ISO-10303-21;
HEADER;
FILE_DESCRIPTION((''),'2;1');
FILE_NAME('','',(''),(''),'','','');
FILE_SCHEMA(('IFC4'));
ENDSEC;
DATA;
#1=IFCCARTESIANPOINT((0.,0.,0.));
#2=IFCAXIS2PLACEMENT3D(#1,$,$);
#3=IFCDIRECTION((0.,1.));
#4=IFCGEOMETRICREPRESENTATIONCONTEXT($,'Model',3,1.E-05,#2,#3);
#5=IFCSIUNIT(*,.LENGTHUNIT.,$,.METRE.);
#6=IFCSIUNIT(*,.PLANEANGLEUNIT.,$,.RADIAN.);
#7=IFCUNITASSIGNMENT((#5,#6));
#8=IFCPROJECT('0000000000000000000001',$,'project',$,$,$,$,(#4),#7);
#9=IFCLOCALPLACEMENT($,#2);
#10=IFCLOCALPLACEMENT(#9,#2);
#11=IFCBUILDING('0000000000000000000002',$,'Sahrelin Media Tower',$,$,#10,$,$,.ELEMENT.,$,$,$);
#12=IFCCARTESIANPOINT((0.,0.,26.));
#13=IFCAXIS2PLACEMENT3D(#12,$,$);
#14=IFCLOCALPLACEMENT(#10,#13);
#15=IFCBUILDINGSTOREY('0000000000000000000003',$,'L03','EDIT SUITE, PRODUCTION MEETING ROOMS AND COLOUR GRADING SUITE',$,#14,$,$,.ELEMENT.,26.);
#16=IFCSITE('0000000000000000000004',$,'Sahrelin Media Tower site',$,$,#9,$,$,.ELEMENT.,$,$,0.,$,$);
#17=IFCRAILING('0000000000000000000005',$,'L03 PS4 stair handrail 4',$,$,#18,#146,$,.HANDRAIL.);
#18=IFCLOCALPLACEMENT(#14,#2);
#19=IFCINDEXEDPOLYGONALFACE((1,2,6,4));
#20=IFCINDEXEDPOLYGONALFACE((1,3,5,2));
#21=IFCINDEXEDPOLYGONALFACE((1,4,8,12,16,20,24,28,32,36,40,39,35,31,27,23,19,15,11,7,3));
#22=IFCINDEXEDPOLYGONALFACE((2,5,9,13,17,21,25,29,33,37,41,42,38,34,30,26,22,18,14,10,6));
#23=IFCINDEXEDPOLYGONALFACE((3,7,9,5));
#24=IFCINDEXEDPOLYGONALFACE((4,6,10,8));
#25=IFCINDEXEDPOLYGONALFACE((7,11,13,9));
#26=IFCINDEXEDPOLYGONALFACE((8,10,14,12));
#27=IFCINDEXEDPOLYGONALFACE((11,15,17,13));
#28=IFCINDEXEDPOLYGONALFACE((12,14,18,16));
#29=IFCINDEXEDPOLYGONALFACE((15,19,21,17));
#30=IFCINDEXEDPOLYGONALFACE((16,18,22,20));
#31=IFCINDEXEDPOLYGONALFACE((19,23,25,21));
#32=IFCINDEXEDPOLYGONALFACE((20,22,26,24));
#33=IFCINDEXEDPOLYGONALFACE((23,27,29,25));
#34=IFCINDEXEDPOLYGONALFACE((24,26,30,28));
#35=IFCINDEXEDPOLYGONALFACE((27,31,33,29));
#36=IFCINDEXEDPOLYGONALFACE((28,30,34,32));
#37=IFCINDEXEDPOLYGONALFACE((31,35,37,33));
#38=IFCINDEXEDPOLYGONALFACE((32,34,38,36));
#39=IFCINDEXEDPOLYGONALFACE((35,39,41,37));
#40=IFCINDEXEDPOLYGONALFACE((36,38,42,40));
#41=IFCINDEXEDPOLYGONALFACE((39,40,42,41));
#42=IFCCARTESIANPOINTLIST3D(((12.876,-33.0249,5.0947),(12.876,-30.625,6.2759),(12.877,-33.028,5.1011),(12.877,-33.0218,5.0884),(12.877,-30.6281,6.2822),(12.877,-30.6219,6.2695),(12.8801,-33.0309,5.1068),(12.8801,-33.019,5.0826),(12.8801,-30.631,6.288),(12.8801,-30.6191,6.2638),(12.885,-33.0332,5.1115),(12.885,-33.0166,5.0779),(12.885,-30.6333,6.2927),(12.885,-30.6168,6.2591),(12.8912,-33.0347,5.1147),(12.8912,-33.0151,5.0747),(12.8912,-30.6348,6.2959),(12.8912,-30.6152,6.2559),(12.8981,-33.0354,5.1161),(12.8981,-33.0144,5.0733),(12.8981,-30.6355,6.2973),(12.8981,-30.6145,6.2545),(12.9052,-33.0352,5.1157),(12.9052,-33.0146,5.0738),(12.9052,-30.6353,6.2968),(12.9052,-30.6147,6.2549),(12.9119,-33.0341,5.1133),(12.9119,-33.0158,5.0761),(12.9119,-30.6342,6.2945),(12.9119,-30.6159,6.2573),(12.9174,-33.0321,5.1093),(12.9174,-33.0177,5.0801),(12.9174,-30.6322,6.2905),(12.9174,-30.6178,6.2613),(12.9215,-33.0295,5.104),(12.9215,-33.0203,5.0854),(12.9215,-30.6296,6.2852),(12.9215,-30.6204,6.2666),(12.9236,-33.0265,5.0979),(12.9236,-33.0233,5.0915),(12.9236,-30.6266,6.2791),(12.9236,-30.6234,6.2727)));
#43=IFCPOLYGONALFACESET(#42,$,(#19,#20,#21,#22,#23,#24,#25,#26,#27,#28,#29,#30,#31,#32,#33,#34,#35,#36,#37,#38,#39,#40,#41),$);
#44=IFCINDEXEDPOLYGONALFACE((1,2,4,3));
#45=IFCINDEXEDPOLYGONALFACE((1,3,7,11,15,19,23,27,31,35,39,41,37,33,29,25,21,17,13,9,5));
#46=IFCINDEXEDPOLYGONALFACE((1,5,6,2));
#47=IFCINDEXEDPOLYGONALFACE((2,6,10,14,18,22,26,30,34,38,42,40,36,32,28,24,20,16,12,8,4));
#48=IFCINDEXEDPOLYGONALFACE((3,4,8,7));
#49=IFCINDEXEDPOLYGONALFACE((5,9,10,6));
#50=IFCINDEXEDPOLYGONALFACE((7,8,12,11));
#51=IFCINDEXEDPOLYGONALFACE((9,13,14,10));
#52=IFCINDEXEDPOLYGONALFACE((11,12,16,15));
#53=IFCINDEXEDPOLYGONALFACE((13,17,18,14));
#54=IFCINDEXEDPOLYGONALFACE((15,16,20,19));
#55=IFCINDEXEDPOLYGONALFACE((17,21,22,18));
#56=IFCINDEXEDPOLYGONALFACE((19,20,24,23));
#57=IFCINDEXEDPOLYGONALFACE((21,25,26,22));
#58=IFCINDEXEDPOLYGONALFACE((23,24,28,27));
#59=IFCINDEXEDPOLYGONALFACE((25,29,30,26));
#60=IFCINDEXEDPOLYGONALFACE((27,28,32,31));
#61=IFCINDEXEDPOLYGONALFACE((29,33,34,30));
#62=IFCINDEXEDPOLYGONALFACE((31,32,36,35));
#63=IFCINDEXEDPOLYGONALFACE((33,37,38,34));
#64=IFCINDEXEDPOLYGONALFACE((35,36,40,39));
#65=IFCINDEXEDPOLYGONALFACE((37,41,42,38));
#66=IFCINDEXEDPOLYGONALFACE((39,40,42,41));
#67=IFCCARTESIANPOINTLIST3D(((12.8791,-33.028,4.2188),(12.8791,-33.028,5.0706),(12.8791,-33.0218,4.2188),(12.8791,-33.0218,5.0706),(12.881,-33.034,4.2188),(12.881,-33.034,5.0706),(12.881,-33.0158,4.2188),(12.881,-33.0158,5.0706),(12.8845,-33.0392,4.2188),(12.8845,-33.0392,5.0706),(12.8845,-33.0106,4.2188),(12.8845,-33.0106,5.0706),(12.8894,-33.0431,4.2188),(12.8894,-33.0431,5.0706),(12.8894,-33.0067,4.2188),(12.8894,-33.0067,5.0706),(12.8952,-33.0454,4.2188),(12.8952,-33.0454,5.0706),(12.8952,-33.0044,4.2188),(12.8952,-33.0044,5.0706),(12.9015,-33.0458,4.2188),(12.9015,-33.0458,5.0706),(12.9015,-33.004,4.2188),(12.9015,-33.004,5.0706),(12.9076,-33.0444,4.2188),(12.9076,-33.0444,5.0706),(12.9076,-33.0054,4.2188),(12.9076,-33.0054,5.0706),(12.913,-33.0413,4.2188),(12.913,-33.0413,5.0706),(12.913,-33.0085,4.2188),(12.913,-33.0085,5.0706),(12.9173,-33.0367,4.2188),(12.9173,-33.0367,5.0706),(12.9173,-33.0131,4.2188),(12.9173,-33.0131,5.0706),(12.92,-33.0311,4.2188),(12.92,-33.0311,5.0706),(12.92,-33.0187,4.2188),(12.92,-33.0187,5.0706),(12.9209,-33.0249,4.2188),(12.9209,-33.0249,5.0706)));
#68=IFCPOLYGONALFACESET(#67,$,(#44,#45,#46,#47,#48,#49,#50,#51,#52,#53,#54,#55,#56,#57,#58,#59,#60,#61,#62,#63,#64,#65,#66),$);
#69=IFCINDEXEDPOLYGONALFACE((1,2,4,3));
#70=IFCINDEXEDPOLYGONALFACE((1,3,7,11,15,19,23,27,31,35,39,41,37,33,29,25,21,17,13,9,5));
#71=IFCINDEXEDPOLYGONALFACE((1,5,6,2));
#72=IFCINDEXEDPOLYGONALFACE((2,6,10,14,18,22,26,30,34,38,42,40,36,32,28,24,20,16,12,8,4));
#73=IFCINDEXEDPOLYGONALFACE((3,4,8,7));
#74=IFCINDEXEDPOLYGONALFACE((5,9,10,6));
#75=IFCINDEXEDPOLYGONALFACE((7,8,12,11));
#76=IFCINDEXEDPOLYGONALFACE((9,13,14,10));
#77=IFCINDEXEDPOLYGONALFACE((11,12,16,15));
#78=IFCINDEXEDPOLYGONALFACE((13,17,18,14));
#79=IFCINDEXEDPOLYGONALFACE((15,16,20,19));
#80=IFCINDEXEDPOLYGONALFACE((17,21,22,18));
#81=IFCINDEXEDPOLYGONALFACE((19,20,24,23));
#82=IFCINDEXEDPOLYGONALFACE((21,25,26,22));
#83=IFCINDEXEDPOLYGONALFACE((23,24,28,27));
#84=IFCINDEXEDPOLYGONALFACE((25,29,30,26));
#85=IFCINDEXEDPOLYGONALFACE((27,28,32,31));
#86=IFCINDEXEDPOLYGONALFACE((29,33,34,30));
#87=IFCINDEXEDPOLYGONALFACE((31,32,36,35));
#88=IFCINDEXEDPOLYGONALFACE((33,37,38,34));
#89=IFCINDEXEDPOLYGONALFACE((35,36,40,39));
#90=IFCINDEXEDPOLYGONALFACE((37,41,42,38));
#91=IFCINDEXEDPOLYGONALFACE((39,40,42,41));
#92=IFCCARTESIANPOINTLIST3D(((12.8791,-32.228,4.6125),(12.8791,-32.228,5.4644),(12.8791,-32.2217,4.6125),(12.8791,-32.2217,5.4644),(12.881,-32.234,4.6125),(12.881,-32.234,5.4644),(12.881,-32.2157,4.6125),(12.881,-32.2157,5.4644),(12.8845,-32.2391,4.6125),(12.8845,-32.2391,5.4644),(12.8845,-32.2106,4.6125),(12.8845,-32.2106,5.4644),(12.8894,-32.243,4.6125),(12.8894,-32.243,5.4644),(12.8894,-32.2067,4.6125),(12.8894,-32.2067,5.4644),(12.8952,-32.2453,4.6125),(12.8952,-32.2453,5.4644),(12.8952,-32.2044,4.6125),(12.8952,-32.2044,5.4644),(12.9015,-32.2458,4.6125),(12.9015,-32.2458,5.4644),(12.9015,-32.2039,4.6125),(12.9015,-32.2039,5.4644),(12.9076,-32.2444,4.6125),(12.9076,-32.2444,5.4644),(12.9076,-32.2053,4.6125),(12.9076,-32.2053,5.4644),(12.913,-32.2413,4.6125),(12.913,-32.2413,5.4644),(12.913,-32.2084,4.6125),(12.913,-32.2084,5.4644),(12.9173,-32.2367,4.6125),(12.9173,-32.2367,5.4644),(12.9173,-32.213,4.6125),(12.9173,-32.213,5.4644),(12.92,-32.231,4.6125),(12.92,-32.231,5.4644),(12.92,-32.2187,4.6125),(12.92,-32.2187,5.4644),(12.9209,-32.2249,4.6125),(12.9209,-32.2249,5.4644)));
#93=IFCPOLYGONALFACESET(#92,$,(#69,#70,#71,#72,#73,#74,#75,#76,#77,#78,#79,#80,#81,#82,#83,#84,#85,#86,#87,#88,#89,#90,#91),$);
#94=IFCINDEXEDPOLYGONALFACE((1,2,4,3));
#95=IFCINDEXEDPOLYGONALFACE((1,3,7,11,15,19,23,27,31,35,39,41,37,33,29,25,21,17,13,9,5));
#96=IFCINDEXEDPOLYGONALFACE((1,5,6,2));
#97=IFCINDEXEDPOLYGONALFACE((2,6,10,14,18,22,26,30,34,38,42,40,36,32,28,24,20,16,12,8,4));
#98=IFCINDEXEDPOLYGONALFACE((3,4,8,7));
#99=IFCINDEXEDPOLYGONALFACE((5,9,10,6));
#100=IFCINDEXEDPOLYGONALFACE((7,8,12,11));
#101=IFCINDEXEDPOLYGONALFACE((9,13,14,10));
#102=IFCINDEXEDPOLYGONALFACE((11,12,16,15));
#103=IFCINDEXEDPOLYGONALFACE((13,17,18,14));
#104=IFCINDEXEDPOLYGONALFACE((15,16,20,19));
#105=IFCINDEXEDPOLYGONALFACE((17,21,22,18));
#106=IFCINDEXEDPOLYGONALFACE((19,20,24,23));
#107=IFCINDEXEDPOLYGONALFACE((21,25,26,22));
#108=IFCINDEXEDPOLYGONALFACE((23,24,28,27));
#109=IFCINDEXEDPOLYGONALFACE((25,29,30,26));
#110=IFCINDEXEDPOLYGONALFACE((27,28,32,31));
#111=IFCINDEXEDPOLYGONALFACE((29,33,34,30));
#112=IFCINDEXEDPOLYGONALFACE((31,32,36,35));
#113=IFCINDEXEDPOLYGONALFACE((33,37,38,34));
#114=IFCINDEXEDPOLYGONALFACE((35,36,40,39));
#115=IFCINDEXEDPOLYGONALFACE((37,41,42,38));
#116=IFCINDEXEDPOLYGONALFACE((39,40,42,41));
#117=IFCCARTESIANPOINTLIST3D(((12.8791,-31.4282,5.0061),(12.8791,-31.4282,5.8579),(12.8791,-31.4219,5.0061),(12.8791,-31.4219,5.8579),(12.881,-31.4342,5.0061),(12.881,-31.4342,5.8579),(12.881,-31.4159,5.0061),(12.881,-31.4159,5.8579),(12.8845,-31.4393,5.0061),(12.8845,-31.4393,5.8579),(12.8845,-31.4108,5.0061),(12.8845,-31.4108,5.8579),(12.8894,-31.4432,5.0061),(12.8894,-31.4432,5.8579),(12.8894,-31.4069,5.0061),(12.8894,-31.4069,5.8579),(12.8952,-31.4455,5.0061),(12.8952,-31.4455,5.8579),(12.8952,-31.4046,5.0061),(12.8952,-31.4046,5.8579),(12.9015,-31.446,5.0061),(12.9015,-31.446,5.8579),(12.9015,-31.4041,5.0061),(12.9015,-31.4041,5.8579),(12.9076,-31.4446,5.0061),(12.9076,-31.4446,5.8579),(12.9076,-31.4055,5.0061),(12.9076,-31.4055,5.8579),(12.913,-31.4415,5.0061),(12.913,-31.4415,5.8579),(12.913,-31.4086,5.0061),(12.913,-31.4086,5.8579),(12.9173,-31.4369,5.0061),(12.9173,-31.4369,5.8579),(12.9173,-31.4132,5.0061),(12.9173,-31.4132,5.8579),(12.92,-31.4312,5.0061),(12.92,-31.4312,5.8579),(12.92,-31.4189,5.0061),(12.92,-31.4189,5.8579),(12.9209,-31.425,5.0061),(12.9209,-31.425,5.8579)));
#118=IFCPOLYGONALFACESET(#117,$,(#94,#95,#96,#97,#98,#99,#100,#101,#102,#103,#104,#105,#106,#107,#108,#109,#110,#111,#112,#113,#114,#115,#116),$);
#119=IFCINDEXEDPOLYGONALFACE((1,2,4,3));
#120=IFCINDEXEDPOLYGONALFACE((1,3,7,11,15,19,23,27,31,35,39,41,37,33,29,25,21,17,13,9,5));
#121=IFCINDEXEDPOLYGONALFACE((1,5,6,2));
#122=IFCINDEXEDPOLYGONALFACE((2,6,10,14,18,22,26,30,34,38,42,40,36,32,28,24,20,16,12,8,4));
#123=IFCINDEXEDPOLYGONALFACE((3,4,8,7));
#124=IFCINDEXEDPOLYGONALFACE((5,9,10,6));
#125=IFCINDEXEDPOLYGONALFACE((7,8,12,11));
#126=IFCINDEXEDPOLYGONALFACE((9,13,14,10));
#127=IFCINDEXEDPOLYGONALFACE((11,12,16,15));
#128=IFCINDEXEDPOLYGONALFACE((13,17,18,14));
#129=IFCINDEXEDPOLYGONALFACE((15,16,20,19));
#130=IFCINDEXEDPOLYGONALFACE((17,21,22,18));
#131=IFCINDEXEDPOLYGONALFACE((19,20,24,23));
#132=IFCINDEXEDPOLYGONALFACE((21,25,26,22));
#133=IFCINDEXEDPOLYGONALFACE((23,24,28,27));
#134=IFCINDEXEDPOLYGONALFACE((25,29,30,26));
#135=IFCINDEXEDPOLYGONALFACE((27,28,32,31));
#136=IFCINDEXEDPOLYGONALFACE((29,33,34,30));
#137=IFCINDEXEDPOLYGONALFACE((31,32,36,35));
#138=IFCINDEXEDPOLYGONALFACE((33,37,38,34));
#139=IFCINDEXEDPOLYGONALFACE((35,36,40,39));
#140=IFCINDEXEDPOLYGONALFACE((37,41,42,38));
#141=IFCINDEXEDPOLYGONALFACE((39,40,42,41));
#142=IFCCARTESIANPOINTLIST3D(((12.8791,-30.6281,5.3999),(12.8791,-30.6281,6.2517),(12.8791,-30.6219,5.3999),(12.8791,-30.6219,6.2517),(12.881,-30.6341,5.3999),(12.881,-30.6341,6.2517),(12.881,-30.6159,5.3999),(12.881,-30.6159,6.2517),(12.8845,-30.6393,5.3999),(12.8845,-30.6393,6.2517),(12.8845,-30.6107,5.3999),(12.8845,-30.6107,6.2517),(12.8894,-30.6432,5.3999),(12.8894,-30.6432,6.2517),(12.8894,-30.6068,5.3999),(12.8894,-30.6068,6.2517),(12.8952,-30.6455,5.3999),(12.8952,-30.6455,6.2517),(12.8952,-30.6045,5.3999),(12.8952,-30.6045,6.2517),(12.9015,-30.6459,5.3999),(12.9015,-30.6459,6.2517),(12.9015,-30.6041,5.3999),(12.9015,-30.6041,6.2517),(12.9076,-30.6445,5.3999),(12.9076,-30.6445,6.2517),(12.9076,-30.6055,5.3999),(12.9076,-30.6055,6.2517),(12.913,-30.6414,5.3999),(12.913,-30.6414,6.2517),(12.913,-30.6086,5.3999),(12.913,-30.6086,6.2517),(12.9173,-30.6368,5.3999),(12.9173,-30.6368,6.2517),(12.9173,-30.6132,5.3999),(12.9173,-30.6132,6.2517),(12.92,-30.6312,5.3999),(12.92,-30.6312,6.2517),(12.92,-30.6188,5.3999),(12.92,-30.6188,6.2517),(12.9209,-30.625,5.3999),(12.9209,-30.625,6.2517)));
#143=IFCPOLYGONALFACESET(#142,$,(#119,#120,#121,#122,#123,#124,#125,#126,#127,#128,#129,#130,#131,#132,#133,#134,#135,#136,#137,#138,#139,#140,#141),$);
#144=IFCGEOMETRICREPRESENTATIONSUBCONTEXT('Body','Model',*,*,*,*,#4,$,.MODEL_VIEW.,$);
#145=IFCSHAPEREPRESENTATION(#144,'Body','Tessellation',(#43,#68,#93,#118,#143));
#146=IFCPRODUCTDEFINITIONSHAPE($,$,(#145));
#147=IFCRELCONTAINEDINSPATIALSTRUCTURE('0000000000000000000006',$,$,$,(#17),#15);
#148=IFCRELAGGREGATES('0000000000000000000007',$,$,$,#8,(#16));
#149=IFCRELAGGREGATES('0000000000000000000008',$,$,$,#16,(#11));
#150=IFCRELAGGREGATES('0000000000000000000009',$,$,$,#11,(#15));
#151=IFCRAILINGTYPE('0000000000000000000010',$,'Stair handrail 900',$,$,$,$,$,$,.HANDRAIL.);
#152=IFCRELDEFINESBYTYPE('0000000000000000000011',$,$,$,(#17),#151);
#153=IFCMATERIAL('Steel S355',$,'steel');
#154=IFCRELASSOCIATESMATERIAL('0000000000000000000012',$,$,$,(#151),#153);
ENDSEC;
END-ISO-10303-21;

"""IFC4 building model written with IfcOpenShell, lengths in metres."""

from ifc_helpers import new_model, si_unit, direction, frame, origin, origin_2d, place, context, subcontext, project, spatial, circle, extrude, material, type_object, element, save


model = new_model("IFC4")

# Units and contexts
model_context = context("Model", 3, precision=1e-05, world=origin(), true_north=direction((0.0, 1.0)))
body_context = subcontext(model_context, "Body", "Model", "MODEL_VIEW")
ifc_project = project(units=[si_unit("LENGTHUNIT", "METRE"), si_unit("PLANEANGLEUNIT", "RADIAN")], contexts=[model_context])

# Site, building, storey
site_placement = place(None, origin())
site = spatial("IfcSite", under=ifc_project, at=site_placement, Name="Sahrelin Media Tower site", CompositionType="ELEMENT", RefElevation=0.0)
building_placement = place(site_placement, origin())
building = spatial("IfcBuilding", under=site, at=building_placement, Name="Sahrelin Media Tower", CompositionType="ELEMENT")
storey_placement = place(building_placement, frame((0.0, 0.0, 26.0)))
storey = spatial("IfcBuildingStorey", under=building, at=storey_placement, Name="L03", Description="EDIT SUITE, PRODUCTION MEETING ROOMS AND COLOUR GRADING SUITE", CompositionType="ELEMENT", Elevation=26.0)

# Shared definitions
ifc_material_1 = material(Name="Steel S355", Category="steel")

# Railing
railing_type_1 = type_object("IfcRailingType", Name="Stair handrail 900", PredefinedType="HANDRAIL", material=ifc_material_1)
railing_1_placement = place(storey_placement, frame((12.8999, -33.0249, 4.2188)))
element("IfcRailing", 1, at=railing_1_placement, inside=storey, type_object=railing_type_1, Name="L03 PS4 stair handrail 4", PredefinedType="HANDRAIL", context=body_context, shape_type="SweptSolid", body=[
    extrude(circle(Radius=0.0239, at=origin_2d()), frame((0.0, 0.0, 0.876), z_axis=(0.0, 0.897221, 0.441582), x_axis=(-1.0, 0.0, 0.0)), (0.0, 0.0, 1.0), 2.6748),
    extrude(circle(Radius=0.021, at=origin_2d()), origin(), (0.0, 0.0, 1.0), 0.8518),
    extrude(circle(Radius=0.021, at=origin_2d()), frame((0.0, 0.8, 0.3938)), (0.0, 0.0, 1.0), 0.8518),
    extrude(circle(Radius=0.021, at=origin_2d()), frame((0.0, 1.5999, 0.7874)), (0.0, 0.0, 1.0), 0.8518),
    extrude(circle(Radius=0.021, at=origin_2d()), frame((0.0, 2.3999, 1.1812)), (0.0, 0.0, 1.0), 0.8518),
])

save(model, "model.ifc")
